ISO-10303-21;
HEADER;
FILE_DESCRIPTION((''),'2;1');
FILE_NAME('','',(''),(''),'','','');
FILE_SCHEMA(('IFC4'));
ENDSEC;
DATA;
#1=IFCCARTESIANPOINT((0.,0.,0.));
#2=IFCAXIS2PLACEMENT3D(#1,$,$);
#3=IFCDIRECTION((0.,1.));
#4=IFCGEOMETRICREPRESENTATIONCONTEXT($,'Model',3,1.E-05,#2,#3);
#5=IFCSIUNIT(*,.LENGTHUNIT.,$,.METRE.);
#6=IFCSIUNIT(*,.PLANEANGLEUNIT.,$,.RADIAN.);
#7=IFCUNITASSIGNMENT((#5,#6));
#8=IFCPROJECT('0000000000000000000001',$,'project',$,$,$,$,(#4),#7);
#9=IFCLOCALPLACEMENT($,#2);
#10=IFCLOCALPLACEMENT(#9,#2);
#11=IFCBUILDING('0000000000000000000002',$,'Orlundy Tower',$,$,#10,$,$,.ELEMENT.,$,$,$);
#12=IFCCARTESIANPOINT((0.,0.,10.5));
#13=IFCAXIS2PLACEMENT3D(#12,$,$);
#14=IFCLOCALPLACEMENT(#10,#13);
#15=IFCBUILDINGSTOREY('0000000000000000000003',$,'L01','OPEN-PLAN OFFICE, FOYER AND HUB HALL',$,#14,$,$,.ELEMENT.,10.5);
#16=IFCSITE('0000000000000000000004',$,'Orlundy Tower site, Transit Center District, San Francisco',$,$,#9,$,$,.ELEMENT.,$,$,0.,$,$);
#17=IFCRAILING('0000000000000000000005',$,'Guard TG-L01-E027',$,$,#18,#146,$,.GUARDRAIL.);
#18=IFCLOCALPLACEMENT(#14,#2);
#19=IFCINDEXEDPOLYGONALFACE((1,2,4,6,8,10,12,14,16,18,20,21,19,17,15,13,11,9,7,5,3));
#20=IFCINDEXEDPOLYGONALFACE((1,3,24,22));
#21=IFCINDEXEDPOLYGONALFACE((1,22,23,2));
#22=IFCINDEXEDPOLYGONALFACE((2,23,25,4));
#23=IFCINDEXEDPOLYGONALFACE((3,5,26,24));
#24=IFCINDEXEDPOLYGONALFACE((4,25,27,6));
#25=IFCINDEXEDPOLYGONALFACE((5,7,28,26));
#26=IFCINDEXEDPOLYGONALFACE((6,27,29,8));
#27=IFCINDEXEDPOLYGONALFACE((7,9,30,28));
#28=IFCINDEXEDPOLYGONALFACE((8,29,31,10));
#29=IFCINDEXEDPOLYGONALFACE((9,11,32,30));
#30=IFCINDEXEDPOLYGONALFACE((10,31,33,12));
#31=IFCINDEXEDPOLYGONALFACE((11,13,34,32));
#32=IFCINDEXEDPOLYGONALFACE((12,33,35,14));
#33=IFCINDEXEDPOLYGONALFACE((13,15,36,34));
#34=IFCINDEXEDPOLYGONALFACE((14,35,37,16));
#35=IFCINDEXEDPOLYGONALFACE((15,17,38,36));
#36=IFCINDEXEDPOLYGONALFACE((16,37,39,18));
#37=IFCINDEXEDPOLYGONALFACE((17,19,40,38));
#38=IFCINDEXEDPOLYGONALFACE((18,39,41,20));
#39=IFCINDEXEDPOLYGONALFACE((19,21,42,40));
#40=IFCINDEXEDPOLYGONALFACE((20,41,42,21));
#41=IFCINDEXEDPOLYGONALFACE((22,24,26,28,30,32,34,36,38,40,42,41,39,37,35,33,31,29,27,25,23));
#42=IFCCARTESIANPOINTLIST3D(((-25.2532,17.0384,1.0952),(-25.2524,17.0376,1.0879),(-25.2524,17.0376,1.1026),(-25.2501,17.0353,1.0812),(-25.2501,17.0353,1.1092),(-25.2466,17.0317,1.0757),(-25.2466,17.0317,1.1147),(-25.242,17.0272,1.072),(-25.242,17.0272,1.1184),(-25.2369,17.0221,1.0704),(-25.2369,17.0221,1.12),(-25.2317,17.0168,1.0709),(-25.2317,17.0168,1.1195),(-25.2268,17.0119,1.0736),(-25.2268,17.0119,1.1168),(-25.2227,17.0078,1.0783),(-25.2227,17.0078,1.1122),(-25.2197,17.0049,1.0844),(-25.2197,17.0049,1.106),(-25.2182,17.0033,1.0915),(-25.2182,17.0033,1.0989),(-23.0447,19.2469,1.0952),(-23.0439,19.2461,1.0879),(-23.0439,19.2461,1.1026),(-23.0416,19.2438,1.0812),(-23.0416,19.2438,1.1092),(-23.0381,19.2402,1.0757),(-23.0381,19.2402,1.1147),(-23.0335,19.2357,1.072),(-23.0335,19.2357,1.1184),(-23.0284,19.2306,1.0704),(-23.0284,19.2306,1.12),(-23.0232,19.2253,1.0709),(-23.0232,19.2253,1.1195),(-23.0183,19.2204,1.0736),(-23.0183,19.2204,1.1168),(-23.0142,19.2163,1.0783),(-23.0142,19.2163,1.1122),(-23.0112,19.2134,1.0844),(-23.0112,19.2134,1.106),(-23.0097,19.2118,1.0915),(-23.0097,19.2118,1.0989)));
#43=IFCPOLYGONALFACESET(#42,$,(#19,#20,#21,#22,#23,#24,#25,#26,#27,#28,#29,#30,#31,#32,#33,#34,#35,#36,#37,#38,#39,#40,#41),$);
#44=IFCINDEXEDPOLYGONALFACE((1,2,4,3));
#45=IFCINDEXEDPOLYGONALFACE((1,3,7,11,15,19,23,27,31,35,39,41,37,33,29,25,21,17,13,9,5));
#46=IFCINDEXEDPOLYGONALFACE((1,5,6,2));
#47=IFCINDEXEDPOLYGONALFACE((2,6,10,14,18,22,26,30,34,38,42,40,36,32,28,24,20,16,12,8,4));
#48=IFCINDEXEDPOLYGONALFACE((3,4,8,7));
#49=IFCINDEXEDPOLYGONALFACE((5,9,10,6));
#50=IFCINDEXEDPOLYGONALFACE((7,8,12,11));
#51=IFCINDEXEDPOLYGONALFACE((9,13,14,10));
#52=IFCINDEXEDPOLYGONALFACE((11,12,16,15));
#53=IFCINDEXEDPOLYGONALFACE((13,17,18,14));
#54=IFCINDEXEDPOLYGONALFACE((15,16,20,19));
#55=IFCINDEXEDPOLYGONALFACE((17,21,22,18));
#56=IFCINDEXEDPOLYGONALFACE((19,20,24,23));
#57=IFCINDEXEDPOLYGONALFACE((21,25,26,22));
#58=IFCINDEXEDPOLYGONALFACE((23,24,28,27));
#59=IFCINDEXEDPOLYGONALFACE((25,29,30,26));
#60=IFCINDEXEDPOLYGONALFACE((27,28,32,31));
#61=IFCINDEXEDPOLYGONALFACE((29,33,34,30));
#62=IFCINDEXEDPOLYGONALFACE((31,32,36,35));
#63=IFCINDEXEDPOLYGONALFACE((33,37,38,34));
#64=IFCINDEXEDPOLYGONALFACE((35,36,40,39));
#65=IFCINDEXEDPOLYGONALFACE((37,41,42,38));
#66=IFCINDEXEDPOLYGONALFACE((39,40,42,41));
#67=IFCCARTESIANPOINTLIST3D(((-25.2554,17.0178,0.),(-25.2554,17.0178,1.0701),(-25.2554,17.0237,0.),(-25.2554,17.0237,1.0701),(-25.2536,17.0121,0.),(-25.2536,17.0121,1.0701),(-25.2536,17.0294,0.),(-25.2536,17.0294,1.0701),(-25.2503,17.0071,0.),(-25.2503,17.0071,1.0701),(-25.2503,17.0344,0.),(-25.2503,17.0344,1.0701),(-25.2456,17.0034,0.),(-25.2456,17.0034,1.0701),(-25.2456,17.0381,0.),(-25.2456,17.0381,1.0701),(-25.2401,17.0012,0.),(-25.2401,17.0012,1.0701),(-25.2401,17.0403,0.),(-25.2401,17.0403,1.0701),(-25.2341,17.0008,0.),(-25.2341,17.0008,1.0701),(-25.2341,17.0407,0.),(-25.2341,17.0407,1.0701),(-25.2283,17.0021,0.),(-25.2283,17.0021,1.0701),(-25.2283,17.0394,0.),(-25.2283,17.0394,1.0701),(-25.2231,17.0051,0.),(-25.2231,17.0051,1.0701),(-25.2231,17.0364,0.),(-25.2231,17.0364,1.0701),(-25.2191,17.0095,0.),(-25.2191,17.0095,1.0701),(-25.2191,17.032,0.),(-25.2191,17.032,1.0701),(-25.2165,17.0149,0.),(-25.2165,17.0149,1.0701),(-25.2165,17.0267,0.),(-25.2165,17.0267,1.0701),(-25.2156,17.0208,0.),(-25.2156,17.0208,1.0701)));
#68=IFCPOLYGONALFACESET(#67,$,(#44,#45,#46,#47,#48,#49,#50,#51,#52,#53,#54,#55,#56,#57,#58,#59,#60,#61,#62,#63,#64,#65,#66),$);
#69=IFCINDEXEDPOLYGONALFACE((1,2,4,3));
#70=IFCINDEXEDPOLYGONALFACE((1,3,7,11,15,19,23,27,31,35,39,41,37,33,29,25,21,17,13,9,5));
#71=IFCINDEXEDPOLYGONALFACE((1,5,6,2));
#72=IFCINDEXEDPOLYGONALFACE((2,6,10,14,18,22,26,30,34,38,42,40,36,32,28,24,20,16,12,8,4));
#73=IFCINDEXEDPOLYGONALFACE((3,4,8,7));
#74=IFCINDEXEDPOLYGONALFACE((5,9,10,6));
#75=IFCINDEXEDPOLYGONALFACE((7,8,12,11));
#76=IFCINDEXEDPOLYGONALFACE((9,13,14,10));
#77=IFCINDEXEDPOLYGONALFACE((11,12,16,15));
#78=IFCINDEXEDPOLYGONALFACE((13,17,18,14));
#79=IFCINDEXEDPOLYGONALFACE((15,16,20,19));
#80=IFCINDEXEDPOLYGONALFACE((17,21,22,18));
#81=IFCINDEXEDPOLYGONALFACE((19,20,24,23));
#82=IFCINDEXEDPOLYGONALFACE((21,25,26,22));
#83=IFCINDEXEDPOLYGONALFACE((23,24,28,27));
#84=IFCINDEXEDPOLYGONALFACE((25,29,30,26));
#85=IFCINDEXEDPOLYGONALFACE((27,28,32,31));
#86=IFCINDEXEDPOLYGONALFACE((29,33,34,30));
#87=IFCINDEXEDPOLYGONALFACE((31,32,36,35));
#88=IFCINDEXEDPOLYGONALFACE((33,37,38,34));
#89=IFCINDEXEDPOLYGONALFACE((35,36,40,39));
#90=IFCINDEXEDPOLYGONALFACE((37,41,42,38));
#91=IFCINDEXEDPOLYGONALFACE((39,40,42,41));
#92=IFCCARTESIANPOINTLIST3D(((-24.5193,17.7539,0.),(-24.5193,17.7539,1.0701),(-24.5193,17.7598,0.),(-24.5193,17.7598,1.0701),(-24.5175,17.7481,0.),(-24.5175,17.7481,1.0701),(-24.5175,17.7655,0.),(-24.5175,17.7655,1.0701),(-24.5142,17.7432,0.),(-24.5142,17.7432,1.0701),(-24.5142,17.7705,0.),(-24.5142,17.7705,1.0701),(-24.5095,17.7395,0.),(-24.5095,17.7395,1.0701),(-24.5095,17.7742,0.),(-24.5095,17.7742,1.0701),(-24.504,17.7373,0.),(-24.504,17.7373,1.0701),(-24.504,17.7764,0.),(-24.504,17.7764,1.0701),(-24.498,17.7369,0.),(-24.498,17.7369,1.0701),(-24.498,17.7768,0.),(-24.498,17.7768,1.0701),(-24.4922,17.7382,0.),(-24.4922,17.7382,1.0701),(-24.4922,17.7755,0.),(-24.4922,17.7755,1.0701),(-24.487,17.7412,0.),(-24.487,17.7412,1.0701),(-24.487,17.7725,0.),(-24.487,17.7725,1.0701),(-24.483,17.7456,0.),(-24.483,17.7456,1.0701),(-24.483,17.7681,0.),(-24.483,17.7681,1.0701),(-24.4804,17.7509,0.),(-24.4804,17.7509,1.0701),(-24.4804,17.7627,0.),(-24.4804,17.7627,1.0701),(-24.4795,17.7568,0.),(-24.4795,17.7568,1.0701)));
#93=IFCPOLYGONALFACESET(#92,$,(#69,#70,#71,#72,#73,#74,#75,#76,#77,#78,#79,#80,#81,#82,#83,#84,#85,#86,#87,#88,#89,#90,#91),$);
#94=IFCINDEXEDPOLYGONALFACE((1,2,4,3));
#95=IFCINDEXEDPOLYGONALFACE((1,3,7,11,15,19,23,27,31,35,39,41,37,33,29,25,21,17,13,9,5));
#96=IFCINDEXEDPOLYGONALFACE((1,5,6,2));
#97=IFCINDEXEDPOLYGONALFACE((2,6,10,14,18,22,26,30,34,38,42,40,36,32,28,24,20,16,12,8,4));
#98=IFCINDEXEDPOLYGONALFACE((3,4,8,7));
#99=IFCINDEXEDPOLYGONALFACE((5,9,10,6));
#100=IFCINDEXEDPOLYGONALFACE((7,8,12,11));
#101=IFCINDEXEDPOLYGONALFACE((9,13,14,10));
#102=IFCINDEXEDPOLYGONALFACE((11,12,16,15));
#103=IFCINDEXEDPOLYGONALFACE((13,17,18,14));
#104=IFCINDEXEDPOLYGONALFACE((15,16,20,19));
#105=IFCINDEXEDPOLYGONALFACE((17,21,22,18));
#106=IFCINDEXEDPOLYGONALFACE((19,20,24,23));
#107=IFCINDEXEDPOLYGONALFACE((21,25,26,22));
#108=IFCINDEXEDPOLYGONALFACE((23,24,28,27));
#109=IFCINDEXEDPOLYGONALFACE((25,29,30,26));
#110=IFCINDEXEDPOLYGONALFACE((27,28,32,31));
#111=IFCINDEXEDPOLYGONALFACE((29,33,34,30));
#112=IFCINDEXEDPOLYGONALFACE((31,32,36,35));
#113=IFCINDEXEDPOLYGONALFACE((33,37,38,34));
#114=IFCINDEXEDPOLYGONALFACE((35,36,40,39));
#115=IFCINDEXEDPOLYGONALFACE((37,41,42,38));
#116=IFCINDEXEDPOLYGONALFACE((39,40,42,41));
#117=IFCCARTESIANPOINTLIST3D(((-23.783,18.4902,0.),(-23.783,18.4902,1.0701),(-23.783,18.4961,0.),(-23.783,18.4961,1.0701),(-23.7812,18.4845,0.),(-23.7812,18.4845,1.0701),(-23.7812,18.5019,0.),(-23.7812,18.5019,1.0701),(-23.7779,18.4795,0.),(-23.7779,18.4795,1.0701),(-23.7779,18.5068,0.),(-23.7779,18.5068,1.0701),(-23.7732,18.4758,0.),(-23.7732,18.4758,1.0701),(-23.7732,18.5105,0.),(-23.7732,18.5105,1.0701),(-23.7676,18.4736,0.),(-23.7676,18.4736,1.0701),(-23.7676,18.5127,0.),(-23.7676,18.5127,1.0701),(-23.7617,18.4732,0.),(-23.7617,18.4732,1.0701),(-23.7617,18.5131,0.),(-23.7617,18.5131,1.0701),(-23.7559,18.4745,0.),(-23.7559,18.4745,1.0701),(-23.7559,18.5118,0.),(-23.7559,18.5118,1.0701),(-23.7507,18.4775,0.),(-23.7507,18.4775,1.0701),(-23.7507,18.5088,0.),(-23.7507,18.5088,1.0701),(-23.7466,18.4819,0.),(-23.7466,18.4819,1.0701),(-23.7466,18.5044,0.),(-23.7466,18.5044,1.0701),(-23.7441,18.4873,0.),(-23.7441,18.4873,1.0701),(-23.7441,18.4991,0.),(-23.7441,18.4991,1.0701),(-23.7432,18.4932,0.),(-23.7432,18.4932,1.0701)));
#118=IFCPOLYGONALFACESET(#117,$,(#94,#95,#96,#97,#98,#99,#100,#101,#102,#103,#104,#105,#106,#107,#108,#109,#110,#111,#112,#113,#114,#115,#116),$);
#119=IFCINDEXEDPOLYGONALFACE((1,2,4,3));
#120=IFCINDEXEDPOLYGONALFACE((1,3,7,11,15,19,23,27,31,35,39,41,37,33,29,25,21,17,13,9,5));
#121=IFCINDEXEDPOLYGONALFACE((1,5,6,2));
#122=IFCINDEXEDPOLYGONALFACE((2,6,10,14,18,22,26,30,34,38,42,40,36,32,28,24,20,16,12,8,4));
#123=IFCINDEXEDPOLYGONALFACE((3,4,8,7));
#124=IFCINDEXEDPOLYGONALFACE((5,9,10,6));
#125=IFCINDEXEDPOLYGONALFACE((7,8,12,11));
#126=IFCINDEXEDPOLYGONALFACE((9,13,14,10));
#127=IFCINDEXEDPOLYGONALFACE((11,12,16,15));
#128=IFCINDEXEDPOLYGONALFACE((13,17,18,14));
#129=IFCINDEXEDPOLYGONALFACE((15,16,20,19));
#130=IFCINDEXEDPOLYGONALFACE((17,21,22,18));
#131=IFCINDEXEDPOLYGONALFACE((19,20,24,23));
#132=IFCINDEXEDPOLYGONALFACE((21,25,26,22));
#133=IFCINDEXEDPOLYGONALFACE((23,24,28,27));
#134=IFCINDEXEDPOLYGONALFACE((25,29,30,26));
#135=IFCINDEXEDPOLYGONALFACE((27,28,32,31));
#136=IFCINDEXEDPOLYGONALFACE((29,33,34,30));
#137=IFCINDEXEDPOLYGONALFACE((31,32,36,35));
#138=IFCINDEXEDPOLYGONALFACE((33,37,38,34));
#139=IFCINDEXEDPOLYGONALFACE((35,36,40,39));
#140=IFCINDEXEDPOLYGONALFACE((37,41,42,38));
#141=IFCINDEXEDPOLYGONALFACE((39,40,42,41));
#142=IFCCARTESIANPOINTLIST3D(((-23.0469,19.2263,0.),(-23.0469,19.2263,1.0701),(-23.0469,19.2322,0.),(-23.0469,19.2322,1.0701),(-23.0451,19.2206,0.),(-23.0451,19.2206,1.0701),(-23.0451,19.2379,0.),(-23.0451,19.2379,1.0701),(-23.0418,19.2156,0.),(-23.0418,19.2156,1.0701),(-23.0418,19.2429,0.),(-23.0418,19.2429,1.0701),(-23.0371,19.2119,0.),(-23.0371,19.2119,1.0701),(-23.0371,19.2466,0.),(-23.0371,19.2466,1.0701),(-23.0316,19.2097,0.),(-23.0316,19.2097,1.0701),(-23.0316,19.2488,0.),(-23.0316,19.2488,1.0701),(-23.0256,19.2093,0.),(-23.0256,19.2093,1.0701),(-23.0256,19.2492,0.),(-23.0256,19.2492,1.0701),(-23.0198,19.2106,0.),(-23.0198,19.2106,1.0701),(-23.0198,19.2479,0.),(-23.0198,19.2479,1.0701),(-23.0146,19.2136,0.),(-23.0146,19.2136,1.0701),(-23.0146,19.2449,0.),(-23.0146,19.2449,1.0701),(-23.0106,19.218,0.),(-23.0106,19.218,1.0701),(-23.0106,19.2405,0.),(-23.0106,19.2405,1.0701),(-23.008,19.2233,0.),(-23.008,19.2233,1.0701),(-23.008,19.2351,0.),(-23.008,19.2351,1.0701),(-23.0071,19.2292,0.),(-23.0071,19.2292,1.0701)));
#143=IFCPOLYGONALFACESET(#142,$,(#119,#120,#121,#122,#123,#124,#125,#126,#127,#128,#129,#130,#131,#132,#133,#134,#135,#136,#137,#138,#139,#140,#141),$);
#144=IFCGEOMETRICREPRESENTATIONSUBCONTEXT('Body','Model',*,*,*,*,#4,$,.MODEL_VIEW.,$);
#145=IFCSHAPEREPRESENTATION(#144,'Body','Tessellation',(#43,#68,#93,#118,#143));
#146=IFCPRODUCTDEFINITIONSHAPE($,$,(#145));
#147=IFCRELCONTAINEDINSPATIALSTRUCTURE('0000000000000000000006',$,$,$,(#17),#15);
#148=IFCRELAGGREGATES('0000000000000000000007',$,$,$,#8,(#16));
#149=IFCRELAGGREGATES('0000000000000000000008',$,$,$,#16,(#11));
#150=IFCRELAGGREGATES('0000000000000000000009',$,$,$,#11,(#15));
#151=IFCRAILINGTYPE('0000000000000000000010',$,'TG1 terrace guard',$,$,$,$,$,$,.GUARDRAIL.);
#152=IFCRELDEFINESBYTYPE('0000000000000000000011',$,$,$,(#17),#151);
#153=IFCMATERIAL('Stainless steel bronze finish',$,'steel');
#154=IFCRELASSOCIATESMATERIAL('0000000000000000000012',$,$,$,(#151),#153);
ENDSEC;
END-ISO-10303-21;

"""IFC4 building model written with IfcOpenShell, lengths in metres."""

from ifc_helpers import new_model, si_unit, direction, frame, origin, origin_2d, place, context, subcontext, project, spatial, circle, extrude, material, type_object, element, save


model = new_model("IFC4")

# Units and contexts
model_context = context("Model", 3, precision=1e-05, world=origin(), true_north=direction((0.0, 1.0)))
body_context = subcontext(model_context, "Body", "Model", "MODEL_VIEW")
ifc_project = project(units=[si_unit("LENGTHUNIT", "METRE"), si_unit("PLANEANGLEUNIT", "RADIAN")], contexts=[model_context])

# Site, building, storey
site_placement = place(None, origin())
site = spatial("IfcSite", under=ifc_project, at=site_placement, Name="Orlundy Tower site, Transit Center District, San Francisco", CompositionType="ELEMENT", RefElevation=0.0)
building_placement = place(site_placement, origin())
building = spatial("IfcBuilding", under=site, at=building_placement, Name="Orlundy Tower", CompositionType="ELEMENT")
storey_placement = place(building_placement, frame((0.0, 0.0, 10.5)))
storey = spatial("IfcBuildingStorey", under=building, at=storey_placement, Name="L01", Description="OPEN-PLAN OFFICE, FOYER AND HUB HALL", CompositionType="ELEMENT", Elevation=10.5)

# Railing
ifc_material_1 = material(Name="Stainless steel bronze finish", Category="steel")
railing_type = type_object("IfcRailingType", Name="TG1 terrace guard", PredefinedType="GUARDRAIL", material=ifc_material_1)
for number, where, name in (
    (1, (-25.2356, 17.0208, 0.0), "Guard TG-L01-E027"),
):
    element("IfcRailing", number, at=place(storey_placement, frame(where)), inside=storey, type_object=railing_type, Name=name, PredefinedType="GUARDRAIL", context=body_context, shape_type="SweptSolid", body=[
        extrude(circle(Radius=0.0249, at=origin_2d()), frame((0.0, 0.0, 1.0952), z_axis=(0.707107, 0.707107, 0.0), x_axis=(-0.707107, 0.707107, 0.0)), (0.0, 0.0, 1.0), 3.1233),
        extrude(circle(Radius=0.02, at=origin_2d()), origin(), (0.0, 0.0, 1.0), 1.0701),
        extrude(circle(Radius=0.02, at=origin_2d()), frame((0.7361, 0.7361, 0.0)), (0.0, 0.0, 1.0), 1.0701),
        extrude(circle(Radius=0.02, at=origin_2d()), frame((1.4724, 1.4724, 0.0)), (0.0, 0.0, 1.0), 1.0701),
        extrude(circle(Radius=0.02, at=origin_2d()), frame((2.2085, 2.2085, 0.0)), (0.0, 0.0, 1.0), 1.0701),
    ])

save(model, "model.ifc")
